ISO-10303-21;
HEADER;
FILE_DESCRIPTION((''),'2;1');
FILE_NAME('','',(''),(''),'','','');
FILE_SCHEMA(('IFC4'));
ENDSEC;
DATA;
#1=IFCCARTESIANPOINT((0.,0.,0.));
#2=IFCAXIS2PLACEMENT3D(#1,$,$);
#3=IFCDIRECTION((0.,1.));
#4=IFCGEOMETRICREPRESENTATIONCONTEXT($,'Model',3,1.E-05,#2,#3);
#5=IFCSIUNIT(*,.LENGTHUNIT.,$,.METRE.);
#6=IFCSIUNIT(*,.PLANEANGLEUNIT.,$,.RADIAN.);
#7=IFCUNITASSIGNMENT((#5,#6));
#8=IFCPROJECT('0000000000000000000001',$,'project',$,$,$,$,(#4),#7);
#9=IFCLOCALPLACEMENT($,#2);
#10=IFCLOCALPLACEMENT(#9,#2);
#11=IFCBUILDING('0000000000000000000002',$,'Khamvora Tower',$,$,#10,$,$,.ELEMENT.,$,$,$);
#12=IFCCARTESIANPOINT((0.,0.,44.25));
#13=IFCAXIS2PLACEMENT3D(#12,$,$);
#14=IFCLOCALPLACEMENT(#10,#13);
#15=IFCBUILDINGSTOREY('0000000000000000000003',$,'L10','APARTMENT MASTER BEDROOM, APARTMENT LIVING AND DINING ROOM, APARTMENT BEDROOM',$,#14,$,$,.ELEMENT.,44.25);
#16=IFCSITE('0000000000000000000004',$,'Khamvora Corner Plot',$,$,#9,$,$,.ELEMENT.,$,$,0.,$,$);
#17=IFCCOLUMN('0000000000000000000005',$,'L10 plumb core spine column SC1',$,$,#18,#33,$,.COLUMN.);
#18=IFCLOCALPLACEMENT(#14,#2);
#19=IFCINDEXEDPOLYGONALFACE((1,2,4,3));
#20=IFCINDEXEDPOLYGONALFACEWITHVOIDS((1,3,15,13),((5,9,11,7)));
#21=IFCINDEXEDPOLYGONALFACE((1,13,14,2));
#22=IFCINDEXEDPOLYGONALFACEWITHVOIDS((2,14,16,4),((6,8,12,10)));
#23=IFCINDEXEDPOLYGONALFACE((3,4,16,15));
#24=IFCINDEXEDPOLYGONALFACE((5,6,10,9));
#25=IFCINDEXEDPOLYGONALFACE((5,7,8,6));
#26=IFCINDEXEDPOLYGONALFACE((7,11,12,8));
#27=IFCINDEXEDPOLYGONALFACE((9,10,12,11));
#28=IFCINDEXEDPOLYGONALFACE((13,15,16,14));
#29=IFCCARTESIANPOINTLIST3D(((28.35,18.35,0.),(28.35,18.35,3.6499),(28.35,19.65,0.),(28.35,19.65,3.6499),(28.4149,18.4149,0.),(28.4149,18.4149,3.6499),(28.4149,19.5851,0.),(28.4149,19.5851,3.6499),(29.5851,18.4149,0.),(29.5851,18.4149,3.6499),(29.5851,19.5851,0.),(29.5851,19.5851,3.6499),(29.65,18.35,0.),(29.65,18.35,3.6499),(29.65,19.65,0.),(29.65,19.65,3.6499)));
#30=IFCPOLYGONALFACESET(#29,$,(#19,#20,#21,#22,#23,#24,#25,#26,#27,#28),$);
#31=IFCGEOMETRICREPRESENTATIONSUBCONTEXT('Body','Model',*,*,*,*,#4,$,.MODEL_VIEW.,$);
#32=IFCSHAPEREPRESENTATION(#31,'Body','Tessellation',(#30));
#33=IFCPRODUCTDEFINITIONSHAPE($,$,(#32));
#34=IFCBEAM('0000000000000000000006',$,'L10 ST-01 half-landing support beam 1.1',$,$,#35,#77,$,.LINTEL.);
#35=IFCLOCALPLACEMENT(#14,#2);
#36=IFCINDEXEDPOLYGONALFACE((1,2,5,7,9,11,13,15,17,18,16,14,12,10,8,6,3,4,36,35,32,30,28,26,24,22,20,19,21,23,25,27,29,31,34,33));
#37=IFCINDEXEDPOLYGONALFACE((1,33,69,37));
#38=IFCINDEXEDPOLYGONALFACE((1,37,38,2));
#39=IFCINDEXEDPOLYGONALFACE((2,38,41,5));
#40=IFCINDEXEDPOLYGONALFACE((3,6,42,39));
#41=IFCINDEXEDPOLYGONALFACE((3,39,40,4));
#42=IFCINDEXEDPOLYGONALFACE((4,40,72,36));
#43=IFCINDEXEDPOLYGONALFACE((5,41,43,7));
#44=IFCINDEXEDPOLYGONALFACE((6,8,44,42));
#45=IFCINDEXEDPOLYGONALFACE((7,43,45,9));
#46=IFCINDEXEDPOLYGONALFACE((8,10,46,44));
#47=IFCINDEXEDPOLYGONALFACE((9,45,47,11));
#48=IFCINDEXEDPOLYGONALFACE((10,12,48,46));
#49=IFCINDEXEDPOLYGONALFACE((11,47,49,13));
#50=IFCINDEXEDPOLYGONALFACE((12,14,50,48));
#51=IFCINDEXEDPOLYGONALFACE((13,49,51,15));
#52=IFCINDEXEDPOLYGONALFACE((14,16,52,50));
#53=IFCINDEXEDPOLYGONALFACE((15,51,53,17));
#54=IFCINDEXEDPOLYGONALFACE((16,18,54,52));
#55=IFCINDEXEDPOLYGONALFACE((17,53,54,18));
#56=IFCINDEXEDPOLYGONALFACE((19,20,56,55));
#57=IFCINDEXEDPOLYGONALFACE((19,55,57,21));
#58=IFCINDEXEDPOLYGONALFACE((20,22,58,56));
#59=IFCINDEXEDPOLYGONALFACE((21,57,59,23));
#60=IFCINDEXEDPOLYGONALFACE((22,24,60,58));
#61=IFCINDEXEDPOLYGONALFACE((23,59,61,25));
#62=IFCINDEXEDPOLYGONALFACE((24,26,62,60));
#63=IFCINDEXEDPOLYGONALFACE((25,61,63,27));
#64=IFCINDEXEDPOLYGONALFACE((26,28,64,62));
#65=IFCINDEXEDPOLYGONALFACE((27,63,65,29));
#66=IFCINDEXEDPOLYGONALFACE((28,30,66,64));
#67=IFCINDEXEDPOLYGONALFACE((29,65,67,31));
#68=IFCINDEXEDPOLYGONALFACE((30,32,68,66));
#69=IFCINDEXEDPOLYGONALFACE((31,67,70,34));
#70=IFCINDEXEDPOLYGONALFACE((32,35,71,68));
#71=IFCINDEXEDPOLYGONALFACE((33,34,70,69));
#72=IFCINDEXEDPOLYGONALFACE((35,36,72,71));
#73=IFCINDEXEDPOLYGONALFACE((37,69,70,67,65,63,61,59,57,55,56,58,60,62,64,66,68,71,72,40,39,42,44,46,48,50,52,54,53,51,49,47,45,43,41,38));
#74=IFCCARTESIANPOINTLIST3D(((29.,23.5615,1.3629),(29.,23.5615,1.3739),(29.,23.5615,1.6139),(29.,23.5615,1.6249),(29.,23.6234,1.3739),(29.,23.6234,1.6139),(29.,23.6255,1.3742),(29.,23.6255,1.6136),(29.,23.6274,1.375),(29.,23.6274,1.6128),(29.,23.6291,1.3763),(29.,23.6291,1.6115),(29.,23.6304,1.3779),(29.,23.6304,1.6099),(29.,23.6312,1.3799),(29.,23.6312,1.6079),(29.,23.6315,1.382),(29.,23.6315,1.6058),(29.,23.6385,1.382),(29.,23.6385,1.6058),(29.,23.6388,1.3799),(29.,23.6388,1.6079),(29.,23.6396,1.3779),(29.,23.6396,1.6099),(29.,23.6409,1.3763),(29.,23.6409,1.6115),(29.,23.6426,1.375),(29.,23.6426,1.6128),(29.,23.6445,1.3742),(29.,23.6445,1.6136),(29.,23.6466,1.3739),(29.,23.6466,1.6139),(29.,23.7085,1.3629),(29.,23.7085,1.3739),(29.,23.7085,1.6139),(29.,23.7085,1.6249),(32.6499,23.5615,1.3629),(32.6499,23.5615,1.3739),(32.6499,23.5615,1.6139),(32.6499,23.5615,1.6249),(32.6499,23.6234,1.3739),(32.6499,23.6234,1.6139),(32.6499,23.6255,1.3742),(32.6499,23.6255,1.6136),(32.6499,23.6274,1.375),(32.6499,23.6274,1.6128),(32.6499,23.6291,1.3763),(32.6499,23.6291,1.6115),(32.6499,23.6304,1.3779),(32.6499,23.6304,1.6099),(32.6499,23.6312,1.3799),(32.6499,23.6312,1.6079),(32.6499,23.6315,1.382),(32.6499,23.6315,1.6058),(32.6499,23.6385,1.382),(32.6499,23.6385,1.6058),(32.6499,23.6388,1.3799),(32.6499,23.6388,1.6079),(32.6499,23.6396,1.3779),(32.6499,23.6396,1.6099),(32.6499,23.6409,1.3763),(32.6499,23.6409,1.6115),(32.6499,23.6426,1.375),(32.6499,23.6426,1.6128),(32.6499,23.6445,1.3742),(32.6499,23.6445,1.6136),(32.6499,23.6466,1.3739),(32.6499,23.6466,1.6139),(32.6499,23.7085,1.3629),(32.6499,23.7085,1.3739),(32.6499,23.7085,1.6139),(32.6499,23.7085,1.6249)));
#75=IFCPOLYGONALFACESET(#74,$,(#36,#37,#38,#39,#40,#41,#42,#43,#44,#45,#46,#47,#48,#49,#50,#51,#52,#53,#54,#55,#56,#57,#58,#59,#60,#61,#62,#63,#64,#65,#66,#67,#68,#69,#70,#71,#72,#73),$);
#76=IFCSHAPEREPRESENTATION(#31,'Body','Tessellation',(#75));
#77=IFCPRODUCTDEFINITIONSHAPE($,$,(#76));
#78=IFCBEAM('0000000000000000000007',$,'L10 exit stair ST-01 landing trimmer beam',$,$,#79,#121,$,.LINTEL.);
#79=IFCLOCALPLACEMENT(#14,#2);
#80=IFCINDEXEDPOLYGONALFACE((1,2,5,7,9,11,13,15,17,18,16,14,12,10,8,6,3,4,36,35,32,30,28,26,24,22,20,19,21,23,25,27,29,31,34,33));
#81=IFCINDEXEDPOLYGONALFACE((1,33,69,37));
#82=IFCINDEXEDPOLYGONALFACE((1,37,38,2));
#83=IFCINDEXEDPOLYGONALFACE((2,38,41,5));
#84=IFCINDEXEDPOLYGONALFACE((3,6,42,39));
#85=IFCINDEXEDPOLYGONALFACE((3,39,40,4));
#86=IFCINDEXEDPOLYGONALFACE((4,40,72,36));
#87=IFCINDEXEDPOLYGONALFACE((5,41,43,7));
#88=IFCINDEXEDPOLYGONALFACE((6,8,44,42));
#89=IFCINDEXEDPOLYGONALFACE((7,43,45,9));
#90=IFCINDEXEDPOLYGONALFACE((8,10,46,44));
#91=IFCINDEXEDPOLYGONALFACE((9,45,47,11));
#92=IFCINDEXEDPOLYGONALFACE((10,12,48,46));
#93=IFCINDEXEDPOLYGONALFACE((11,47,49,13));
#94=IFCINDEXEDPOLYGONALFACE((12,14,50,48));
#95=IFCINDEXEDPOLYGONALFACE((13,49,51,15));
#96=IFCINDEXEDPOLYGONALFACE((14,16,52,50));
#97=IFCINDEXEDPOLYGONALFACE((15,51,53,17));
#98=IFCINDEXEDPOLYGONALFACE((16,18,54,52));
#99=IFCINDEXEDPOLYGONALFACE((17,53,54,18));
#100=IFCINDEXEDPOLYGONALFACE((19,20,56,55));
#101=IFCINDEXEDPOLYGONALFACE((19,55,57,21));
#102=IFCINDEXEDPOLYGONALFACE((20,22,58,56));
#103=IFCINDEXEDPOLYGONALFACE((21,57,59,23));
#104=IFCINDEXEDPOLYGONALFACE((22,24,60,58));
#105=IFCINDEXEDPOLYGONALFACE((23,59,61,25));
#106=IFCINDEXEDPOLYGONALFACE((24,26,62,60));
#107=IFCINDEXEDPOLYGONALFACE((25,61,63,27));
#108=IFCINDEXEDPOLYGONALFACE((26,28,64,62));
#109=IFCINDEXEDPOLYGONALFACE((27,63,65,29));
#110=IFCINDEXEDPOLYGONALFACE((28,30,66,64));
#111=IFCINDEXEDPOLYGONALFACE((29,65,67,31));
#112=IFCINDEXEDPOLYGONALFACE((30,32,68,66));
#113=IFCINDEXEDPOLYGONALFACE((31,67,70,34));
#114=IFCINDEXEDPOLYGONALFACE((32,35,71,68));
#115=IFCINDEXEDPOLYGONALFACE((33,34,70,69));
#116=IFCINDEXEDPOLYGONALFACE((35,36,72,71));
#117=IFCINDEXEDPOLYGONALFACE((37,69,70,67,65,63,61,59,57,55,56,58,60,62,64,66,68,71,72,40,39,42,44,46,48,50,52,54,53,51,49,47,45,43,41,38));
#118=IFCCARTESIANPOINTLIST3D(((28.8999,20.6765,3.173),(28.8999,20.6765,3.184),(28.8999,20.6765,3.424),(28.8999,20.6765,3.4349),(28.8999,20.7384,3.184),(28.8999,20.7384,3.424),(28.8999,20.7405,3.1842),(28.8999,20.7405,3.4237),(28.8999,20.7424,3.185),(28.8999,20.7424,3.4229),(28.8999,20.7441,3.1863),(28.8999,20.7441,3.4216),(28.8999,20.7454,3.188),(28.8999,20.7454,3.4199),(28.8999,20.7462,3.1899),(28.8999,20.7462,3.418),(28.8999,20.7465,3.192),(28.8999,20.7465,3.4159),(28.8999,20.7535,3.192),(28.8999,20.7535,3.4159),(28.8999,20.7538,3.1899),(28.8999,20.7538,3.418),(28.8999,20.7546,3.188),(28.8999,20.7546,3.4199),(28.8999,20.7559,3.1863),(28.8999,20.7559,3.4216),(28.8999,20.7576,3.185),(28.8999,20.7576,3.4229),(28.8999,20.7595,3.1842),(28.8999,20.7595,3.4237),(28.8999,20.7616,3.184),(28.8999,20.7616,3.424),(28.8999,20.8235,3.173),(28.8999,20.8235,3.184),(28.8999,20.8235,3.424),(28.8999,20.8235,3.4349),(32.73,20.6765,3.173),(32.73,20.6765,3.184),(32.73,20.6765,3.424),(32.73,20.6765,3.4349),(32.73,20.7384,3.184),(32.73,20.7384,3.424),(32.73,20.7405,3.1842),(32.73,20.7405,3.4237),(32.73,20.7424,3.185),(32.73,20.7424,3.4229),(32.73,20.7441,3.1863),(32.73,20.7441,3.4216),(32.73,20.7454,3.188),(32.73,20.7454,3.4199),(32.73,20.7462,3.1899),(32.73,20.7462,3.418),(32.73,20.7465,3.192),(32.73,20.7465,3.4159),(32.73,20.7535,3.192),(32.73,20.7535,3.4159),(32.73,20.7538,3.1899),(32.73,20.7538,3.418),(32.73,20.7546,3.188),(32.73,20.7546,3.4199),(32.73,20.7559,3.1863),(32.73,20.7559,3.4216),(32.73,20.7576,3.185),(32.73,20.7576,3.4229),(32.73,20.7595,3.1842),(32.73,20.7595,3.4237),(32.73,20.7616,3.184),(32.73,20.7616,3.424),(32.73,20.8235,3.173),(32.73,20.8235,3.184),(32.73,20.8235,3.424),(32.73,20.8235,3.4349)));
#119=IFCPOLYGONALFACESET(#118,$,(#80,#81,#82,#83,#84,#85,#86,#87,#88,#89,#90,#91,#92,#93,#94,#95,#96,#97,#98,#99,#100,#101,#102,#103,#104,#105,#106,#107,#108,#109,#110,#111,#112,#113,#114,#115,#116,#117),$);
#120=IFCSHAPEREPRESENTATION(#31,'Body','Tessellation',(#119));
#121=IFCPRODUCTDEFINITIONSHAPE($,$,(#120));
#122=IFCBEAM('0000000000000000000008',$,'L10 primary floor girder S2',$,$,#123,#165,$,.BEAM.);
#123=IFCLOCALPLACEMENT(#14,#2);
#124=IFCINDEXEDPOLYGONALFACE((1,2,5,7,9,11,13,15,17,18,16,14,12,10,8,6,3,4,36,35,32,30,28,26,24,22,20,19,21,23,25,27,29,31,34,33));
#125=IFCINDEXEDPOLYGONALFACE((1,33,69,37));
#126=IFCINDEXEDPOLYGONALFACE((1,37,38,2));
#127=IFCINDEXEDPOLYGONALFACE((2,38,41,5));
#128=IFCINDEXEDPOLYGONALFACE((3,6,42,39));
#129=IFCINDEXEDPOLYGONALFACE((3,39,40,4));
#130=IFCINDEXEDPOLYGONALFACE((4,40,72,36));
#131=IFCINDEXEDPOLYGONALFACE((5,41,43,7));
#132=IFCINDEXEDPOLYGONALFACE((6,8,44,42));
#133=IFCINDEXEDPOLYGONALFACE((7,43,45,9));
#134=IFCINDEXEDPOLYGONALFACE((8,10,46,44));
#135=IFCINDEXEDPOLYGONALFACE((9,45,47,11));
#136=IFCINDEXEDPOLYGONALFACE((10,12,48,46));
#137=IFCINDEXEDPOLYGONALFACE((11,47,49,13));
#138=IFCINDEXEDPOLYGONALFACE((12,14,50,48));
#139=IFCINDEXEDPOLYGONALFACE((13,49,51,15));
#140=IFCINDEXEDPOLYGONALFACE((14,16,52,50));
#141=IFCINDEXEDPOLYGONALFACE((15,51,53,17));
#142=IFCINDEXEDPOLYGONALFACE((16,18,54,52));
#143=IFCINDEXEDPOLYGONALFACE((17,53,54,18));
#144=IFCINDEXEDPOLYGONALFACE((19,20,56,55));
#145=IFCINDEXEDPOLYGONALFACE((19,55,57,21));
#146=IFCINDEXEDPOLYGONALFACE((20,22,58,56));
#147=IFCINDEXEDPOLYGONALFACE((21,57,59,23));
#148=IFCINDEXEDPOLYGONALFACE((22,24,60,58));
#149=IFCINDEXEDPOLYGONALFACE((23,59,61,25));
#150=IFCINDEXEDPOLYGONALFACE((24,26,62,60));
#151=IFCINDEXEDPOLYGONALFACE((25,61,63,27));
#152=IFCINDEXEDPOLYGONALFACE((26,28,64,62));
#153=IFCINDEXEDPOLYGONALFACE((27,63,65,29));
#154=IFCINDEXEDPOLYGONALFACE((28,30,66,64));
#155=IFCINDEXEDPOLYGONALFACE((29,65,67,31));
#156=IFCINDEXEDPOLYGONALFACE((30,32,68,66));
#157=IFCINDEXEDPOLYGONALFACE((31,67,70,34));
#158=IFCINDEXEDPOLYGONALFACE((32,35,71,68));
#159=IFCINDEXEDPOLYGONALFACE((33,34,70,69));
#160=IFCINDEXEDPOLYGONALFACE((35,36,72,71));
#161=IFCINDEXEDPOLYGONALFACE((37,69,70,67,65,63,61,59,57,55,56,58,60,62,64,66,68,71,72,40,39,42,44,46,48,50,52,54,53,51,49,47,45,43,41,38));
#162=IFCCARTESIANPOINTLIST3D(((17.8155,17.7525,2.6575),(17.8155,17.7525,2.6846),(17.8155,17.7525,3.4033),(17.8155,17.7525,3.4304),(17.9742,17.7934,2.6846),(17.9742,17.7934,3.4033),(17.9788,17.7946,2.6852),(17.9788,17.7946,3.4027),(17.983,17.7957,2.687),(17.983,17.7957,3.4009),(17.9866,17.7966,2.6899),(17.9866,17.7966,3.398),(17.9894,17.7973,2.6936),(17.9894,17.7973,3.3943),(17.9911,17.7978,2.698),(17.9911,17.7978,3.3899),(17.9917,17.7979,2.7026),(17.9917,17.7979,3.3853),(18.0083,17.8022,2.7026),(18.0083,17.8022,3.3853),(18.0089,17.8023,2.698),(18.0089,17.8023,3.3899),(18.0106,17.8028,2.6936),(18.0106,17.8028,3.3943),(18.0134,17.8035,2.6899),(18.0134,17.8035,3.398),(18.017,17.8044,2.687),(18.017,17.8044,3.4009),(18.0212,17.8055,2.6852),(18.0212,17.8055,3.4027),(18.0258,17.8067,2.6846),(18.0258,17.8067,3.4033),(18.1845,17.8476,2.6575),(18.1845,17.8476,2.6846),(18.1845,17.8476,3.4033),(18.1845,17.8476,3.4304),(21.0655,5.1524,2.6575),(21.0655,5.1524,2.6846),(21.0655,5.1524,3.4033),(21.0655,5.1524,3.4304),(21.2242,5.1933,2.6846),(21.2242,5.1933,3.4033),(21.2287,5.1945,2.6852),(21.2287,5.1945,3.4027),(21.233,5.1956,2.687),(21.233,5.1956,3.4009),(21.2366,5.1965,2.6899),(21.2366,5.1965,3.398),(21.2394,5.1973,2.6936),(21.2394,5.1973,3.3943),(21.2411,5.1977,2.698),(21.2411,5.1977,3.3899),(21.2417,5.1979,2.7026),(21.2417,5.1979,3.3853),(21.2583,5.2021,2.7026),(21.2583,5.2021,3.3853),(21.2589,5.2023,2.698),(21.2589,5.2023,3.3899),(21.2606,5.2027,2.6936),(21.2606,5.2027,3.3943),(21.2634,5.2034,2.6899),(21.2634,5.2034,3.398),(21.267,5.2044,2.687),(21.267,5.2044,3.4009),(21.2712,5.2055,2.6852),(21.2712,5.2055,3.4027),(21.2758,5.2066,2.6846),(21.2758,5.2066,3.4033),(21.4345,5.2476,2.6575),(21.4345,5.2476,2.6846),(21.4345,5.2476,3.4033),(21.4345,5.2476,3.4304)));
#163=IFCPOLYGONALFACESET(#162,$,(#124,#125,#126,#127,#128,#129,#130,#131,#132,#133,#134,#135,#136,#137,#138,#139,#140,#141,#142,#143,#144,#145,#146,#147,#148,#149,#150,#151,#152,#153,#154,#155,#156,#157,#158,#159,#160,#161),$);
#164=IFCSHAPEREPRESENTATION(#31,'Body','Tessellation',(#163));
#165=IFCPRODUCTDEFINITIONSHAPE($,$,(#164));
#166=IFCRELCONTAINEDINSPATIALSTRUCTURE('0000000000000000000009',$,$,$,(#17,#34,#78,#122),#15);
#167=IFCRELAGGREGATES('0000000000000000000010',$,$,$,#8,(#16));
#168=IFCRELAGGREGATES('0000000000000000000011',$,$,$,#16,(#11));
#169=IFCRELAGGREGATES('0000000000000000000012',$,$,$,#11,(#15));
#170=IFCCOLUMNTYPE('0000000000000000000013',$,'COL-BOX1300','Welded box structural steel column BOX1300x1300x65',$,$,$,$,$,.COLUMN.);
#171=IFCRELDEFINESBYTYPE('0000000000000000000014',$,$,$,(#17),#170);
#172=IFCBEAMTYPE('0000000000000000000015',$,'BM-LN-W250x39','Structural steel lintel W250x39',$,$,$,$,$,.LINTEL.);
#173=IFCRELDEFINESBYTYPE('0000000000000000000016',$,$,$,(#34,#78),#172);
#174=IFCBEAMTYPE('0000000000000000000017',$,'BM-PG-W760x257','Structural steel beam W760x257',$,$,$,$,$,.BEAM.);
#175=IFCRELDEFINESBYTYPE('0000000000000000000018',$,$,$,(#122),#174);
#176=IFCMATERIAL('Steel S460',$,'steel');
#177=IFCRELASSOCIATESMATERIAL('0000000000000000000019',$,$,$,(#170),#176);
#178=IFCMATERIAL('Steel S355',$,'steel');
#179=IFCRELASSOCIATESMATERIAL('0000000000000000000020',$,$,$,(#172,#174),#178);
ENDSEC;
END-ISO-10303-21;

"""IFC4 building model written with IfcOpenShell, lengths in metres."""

from ifc_helpers import new_model, si_unit, direction, frame, origin, origin_2d, place, context, subcontext, project, spatial, hollow_rectangle, i_section, extrude, material, material_profile, profile_set, type_object, element, save


model = new_model("IFC4")

# Units and contexts
model_context = context("Model", 3, precision=1e-05, world=origin(), true_north=direction((0.0, 1.0)))
body_context = subcontext(model_context, "Body", "Model", "MODEL_VIEW")
ifc_project = project(units=[si_unit("LENGTHUNIT", "METRE"), si_unit("PLANEANGLEUNIT", "RADIAN")], contexts=[model_context])

# Site, building, storey
site_placement = place(None, origin())
site = spatial("IfcSite", under=ifc_project, at=site_placement, Name="Khamvora Corner Plot", CompositionType="ELEMENT", RefElevation=0.0)
building_placement = place(site_placement, origin())
building = spatial("IfcBuilding", under=site, at=building_placement, Name="Khamvora Tower", CompositionType="ELEMENT")
storey_placement = place(building_placement, frame((0.0, 0.0, 44.25)))
storey = spatial("IfcBuildingStorey", under=building, at=storey_placement, Name="L10", Description="APARTMENT MASTER BEDROOM, APARTMENT LIVING AND DINING ROOM, APARTMENT BEDROOM", CompositionType="ELEMENT", Elevation=44.25)

# Column
ifc_material_1 = material(Name="Steel S460", Category="steel")
ifc_material_profile_1 = material_profile(ifc_material_1, hollow_rectangle(XDim=1.3, YDim=1.3, WallThickness=0.0649, at=origin_2d()), Name="BOX1300x1300x65")
ifc_profile_set_1 = profile_set([ifc_material_profile_1], Name="Steel S460")
column_type = type_object("IfcColumnType", Name="COL-BOX1300", Description="Welded box structural steel column BOX1300x1300x65", PredefinedType="COLUMN", material=ifc_profile_set_1)
column_placement = place(storey_placement, frame((29.0, 19.0, 0.0), z_axis=(0.0, 0.0, 1.0), x_axis=(1.0, 0.0, 0.0)))
element("IfcColumn", 1, at=column_placement, inside=storey, type_object=column_type, Name="L10 plumb core spine column SC1", PredefinedType="COLUMN", context=body_context, shape_type="SweptSolid", body=[
    extrude(hollow_rectangle(XDim=1.3, YDim=1.3, WallThickness=0.0649, at=origin_2d()), origin(), (0.0, 0.0, 1.0), 3.6499),
])

# Beams
ifc_material_2 = material(Name="Steel S355", Category="steel")
ifc_material_profile_2 = material_profile(ifc_material_2, i_section(OverallWidth=0.147, OverallDepth=0.262, WebThickness=0.0071, FlangeThickness=0.011, FilletRadius=0.0081, at=origin_2d()), Name="W250x39")
ifc_profile_set_2 = profile_set([ifc_material_profile_2], Name="Steel S355")
beam_type_1 = type_object("IfcBeamType", Name="BM-LN-W250x39", Description="Structural steel lintel W250x39", PredefinedType="LINTEL", material=ifc_profile_set_2)
beam_1_placement = place(storey_placement, frame((29.0, 23.635, 1.4939), z_axis=(1.0, 0.0, 0.0), x_axis=(0.0, 1.0, 0.0)))
element("IfcBeam", 2, at=beam_1_placement, inside=storey, type_object=beam_type_1, Name="L10 ST-01 half-landing support beam 1.1", PredefinedType="LINTEL", context=body_context, shape_type="SweptSolid", body=[
    extrude(i_section(OverallWidth=0.147, OverallDepth=0.262, WebThickness=0.0071, FlangeThickness=0.011, FilletRadius=0.0081, at=origin_2d()), origin(), (0.0, 0.0, 1.0), 3.6499),
])
beam_2_placement = place(storey_placement, frame((28.8999, 20.75, 3.304), z_axis=(1.0, 0.0, 0.0), x_axis=(0.0, 1.0, 0.0)))
element("IfcBeam", 3, at=beam_2_placement, inside=storey, type_object=beam_type_1, Name="L10 exit stair ST-01 landing trimmer beam", PredefinedType="LINTEL", context=body_context, shape_type="SweptSolid", body=[
    extrude(i_section(OverallWidth=0.147, OverallDepth=0.262, WebThickness=0.0071, FlangeThickness=0.011, FilletRadius=0.0081, at=origin_2d()), origin(), (0.0, 0.0, 1.0), 3.8301),
])
ifc_material_profile_3 = material_profile(ifc_material_2, i_section(OverallWidth=0.3811, OverallDepth=0.7729, WebThickness=0.0171, FlangeThickness=0.0271, FilletRadius=0.0181, at=origin_2d()), Name="W760x257")
ifc_profile_set_3 = profile_set([ifc_material_profile_3], Name="Steel S355")
beam_type_2 = type_object("IfcBeamType", Name="BM-PG-W760x257", Description="Structural steel beam W760x257", PredefinedType="BEAM", material=ifc_profile_set_3)
beam_3_placement = place(storey_placement, frame((18.0, 17.8, 3.0439), z_axis=(0.24976, -0.968308, 0.0), x_axis=(0.968308, 0.24976, 0.0)))
element("IfcBeam", 4, at=beam_3_placement, inside=storey, type_object=beam_type_2, Name="L10 primary floor girder S2", PredefinedType="BEAM", context=body_context, shape_type="SweptSolid", body=[
    extrude(i_section(OverallWidth=0.3811, OverallDepth=0.7729, WebThickness=0.0171, FlangeThickness=0.0271, FilletRadius=0.0181, at=origin_2d()), origin(), (0.0, 0.0, 1.0), 13.0125),
])

save(model, "model.ifc")
